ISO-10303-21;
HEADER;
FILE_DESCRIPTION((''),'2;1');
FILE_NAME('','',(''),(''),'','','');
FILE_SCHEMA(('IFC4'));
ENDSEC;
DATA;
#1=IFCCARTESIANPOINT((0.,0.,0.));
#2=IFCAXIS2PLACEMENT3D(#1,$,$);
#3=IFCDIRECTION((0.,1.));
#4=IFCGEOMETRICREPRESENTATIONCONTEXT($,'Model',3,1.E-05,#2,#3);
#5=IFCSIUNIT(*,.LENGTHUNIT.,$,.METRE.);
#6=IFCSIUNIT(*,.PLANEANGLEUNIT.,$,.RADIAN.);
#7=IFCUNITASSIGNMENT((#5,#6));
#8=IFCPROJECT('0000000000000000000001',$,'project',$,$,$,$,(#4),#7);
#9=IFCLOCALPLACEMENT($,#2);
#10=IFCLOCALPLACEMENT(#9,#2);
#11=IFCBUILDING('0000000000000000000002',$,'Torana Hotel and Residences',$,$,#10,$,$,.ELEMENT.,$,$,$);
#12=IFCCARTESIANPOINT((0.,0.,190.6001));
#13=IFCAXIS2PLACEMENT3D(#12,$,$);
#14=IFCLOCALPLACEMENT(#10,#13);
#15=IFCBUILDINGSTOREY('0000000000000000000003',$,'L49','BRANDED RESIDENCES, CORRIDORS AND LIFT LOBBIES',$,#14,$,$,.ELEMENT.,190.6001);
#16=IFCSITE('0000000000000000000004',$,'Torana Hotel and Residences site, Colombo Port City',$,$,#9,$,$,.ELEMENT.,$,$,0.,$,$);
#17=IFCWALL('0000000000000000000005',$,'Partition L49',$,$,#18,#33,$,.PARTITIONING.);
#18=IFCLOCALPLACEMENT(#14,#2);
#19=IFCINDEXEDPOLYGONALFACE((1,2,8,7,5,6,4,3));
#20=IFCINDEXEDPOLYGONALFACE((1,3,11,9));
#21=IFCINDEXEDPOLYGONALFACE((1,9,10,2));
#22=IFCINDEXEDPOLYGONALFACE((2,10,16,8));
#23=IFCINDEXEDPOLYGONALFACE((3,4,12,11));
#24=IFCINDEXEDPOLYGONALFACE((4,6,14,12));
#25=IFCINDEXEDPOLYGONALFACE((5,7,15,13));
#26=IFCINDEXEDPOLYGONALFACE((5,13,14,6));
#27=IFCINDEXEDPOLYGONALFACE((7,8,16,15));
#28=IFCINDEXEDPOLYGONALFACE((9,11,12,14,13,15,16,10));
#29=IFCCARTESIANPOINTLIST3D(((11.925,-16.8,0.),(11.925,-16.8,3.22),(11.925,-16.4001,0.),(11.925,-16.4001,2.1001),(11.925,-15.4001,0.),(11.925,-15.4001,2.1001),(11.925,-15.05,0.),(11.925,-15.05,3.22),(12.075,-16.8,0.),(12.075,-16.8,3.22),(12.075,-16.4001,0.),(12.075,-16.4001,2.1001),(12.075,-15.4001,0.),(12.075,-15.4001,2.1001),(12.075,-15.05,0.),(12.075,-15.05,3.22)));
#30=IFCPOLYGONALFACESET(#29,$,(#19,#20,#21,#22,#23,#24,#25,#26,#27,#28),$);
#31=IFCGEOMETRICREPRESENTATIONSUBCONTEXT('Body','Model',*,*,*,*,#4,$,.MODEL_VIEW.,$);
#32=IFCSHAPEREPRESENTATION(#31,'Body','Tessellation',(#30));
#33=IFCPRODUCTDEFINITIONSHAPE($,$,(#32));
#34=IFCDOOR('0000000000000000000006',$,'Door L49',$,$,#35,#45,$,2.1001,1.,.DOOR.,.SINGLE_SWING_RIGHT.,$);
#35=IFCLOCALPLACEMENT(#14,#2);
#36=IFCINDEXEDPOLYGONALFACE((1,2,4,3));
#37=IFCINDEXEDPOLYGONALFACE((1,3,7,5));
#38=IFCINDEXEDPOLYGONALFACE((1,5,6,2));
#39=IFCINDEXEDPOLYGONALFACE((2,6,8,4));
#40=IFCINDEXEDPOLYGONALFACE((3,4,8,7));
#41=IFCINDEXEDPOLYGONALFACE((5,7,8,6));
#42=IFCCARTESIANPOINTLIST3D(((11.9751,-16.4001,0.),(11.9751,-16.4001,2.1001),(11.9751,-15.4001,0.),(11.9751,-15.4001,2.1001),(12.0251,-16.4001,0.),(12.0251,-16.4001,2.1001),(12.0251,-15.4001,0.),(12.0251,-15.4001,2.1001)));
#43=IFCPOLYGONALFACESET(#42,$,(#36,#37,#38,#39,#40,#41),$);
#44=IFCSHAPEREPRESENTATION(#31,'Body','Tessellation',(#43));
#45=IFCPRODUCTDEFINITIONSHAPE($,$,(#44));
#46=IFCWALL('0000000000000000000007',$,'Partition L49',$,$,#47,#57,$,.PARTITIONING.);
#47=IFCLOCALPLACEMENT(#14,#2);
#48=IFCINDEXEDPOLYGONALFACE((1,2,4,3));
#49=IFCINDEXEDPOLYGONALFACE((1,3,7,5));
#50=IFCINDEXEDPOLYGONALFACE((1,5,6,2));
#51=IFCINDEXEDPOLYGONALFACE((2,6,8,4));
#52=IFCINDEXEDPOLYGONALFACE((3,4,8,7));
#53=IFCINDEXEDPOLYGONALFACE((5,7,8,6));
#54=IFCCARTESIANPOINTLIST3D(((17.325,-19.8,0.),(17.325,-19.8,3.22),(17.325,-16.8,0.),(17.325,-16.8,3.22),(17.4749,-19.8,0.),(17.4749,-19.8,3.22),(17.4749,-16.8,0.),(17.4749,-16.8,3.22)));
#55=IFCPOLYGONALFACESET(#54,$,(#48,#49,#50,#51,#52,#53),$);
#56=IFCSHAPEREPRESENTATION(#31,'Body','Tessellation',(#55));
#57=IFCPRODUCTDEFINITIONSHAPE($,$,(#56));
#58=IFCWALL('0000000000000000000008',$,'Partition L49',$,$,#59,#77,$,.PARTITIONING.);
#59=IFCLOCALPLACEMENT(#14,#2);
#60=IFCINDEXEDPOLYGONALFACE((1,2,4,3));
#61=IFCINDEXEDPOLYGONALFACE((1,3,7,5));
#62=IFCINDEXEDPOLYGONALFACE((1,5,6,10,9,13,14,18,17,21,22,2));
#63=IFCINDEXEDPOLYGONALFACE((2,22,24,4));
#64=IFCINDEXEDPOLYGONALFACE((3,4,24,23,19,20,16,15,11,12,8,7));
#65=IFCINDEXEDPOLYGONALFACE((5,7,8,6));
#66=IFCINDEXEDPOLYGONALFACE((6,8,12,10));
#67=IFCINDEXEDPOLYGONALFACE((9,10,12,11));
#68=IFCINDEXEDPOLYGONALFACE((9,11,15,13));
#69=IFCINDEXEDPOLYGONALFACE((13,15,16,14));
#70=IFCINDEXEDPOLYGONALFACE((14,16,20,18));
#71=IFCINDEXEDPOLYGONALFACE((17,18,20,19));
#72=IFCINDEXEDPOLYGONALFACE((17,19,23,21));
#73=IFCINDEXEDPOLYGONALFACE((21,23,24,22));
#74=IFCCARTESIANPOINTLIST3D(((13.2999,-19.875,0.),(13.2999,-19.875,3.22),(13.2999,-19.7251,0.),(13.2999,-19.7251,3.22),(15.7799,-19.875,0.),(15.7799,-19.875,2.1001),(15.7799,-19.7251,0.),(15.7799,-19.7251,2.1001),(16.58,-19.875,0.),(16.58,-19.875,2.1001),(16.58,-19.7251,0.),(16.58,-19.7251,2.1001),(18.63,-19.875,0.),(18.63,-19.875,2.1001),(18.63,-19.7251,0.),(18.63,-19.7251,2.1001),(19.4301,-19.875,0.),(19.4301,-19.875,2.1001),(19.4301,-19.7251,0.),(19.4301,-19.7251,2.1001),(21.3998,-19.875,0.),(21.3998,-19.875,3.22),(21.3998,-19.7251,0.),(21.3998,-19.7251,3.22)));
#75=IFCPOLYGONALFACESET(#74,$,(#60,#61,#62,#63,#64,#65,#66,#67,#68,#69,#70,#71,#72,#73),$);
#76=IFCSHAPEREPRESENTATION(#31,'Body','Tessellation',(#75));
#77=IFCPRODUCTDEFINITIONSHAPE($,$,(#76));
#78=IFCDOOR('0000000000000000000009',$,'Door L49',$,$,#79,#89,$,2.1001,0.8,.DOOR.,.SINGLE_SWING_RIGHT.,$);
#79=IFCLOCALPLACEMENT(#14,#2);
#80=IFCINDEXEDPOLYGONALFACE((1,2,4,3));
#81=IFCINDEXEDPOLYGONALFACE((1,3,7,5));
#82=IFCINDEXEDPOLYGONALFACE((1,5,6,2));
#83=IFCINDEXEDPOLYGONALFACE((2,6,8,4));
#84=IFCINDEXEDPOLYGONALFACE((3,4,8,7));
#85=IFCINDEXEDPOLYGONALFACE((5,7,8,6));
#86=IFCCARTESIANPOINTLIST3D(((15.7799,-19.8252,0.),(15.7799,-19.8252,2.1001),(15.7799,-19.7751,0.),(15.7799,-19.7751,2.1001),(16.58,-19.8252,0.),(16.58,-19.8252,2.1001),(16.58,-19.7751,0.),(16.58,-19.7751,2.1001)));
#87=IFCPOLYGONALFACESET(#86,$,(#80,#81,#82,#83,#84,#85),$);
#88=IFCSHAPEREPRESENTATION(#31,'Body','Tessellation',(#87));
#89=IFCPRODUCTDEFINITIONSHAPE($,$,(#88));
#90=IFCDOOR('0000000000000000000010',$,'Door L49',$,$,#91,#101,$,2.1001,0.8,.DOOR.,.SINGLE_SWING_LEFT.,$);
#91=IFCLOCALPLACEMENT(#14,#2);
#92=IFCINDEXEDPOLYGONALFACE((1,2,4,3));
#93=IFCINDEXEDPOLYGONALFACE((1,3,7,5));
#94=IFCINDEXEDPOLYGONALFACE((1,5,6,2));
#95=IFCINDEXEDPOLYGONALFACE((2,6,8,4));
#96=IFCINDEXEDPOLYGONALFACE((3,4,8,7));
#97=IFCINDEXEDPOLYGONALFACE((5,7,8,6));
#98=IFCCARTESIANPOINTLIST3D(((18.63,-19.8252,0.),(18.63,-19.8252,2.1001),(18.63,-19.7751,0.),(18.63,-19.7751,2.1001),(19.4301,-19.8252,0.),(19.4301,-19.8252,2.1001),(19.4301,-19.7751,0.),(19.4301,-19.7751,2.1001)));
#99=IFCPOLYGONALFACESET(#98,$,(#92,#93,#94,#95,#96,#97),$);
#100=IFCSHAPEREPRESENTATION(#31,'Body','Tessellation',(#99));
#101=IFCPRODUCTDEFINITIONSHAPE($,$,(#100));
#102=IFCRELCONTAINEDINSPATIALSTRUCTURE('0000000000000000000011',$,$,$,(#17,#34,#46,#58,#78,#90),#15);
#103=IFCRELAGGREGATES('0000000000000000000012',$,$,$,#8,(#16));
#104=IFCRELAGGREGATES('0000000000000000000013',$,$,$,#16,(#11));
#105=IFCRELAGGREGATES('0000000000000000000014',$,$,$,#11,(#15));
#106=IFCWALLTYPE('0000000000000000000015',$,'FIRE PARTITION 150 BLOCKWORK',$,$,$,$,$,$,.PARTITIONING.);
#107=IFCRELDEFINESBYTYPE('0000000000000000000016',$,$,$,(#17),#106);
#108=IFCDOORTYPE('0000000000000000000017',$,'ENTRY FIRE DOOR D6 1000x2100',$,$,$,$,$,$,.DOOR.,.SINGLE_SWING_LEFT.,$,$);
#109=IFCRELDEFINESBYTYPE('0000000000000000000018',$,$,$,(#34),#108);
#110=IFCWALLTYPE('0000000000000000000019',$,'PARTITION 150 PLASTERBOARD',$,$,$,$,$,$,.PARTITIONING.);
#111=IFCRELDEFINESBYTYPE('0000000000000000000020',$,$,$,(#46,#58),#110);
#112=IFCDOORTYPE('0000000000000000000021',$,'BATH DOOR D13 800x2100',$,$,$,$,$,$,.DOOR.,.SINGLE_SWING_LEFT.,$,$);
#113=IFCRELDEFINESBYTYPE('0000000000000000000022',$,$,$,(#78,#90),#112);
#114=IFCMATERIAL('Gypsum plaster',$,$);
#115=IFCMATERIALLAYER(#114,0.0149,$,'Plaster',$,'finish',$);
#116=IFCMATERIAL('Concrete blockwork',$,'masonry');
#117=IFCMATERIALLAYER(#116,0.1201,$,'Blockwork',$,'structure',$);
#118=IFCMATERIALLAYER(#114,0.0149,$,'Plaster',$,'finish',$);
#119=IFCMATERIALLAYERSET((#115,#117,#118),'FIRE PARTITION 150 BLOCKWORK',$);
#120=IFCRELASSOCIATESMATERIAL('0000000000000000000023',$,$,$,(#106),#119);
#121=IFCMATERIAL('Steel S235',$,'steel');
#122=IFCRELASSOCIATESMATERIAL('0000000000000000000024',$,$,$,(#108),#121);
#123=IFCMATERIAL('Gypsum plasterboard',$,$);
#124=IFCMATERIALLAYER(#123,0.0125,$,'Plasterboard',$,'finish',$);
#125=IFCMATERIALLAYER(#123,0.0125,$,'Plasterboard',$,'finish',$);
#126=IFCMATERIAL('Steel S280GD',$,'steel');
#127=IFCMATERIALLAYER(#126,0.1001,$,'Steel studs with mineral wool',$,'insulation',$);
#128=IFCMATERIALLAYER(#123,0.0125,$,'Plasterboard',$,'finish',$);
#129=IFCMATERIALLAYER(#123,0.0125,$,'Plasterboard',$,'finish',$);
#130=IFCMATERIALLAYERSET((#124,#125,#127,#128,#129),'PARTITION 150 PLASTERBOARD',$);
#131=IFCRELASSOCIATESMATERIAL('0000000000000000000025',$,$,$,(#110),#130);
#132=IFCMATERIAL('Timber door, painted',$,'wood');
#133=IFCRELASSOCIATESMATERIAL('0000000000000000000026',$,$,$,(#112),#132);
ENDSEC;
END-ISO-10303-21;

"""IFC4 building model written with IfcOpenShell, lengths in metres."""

from ifc_helpers import new_model, si_unit, direction, frame, frame_2d, origin, place, context, subcontext, project, spatial, rectangle, extrude, material, layer, layer_set, type_object, element, fill, save


model = new_model("IFC4")

# Units and contexts
model_context = context("Model", 3, precision=1e-05, world=origin(), true_north=direction((0.0, 1.0)))
body_context = subcontext(model_context, "Body", "Model", "MODEL_VIEW")
ifc_project = project(units=[si_unit("LENGTHUNIT", "METRE"), si_unit("PLANEANGLEUNIT", "RADIAN")], contexts=[model_context])

# Site, building, storey
site_placement = place(None, origin())
site = spatial("IfcSite", under=ifc_project, at=site_placement, Name="Torana Hotel and Residences site, Colombo Port City", CompositionType="ELEMENT", RefElevation=0.0)
building_placement = place(site_placement, origin())
building = spatial("IfcBuilding", under=site, at=building_placement, Name="Torana Hotel and Residences", CompositionType="ELEMENT")
storey_placement = place(building_placement, frame((0.0, 0.0, 190.6001)))
storey = spatial("IfcBuildingStorey", under=building, at=storey_placement, Name="L49", Description="BRANDED RESIDENCES, CORRIDORS AND LIFT LOBBIES", CompositionType="ELEMENT", Elevation=190.6001)

# Wall, opening, door
ifc_material_1 = material(Name="Gypsum plaster")
ifc_layer_1 = layer(ifc_material_1, 0.0149, Name="Plaster", Category="finish")
ifc_material_2 = material(Name="Concrete blockwork", Category="masonry")
ifc_layer_2 = layer(ifc_material_2, 0.1201, Name="Blockwork", Category="structure")
ifc_layer_3 = layer(ifc_material_1, 0.0149, Name="Plaster", Category="finish")
ifc_layer_set_1 = layer_set([ifc_layer_1, ifc_layer_2, ifc_layer_3], Name="FIRE PARTITION 150 BLOCKWORK")
wall_type_1 = type_object("IfcWallType", Name="FIRE PARTITION 150 BLOCKWORK", PredefinedType="PARTITIONING", material=ifc_layer_set_1)
wall_1_placement = place(storey_placement, frame((12.0, -16.8, 0.0), z_axis=(0.0, 0.0, 1.0), x_axis=(0.0, 1.0, 0.0)))
wall_1 = element("IfcWall", 1, at=wall_1_placement, inside=storey, type_object=wall_type_1, Name="Partition L49", PredefinedType="PARTITIONING", context=body_context, shape_type="SweptSolid", body=[
    extrude(rectangle(XDim=1.75, YDim=0.1499, at=frame_2d((0.875, 0.0))), origin(), (0.0, 0.0, 1.0), 3.22),
])
opening_1_placement = place(wall_1_placement, frame((0.3999, 0.0, 0.0)))
opening_1 = element("IfcOpeningElement", 2, at=opening_1_placement, cuts=wall_1, PredefinedType="OPENING", context=body_context, shape_type="SweptSolid", body=[
    extrude(rectangle(XDim=1.0, YDim=2.1001, at=frame_2d((0.5, 1.05))), frame((0.0, 0.085, 0.0), z_axis=(0.0, -1.0, 0.0), x_axis=(1.0, 0.0, 0.0)), (0.0, 0.0, 1.0), 0.1699),
])
ifc_material_3 = material(Name="Steel S235", Category="steel")
door_type_1 = type_object("IfcDoorType", Name="ENTRY FIRE DOOR D6 1000x2100", OperationType="SINGLE_SWING_LEFT", PredefinedType="DOOR", material=ifc_material_3)
door_1_placement = place(opening_1_placement, origin())
door_1 = element("IfcDoor", 3, at=door_1_placement, inside=storey, type_object=door_type_1, Name="Door L49", OperationType="SINGLE_SWING_RIGHT", OverallHeight=2.1001, OverallWidth=1.0, PredefinedType="DOOR", context=body_context, shape_type="SweptSolid", body=[
    extrude(rectangle(XDim=1.0, YDim=2.1001, at=frame_2d((0.5, 1.05))), frame((0.0, 0.0249, 0.0), z_axis=(0.0, -1.0, 0.0), x_axis=(1.0, 0.0, 0.0)), (0.0, 0.0, 1.0), 0.05),
])
fill(opening_1, door_1)

# Wall
ifc_material_4 = material(Name="Gypsum plasterboard")
ifc_layer_4 = layer(ifc_material_4, 0.0125, Name="Plasterboard", Category="finish")
ifc_layer_5 = layer(ifc_material_4, 0.0125, Name="Plasterboard", Category="finish")
ifc_material_5 = material(Name="Steel S280GD", Category="steel")
ifc_layer_6 = layer(ifc_material_5, 0.1001, Name="Steel studs with mineral wool", Category="insulation")
ifc_layer_7 = layer(ifc_material_4, 0.0125, Name="Plasterboard", Category="finish")
ifc_layer_8 = layer(ifc_material_4, 0.0125, Name="Plasterboard", Category="finish")
ifc_layer_set_2 = layer_set([ifc_layer_4, ifc_layer_5, ifc_layer_6, ifc_layer_7, ifc_layer_8], Name="PARTITION 150 PLASTERBOARD")
wall_type_2 = type_object("IfcWallType", Name="PARTITION 150 PLASTERBOARD", PredefinedType="PARTITIONING", material=ifc_layer_set_2)
wall_2_placement = place(storey_placement, frame((17.3999, -19.8, 0.0), z_axis=(0.0, 0.0, 1.0), x_axis=(0.0, 1.0, 0.0)))
element("IfcWall", 4, at=wall_2_placement, inside=storey, type_object=wall_type_2, Name="Partition L49", PredefinedType="PARTITIONING", context=body_context, shape_type="SweptSolid", body=[
    extrude(rectangle(XDim=3.0, YDim=0.1499, at=frame_2d((1.5, 0.0))), origin(), (0.0, 0.0, 1.0), 3.22),
])

# Wall, openings, doors
wall_3_placement = place(storey_placement, frame((13.3, -19.8, 0.0), z_axis=(0.0, 0.0, 1.0), x_axis=(1.0, 0.0, 0.0)))
wall_3 = element("IfcWall", 5, at=wall_3_placement, inside=storey, type_object=wall_type_2, Name="Partition L49", PredefinedType="PARTITIONING", context=body_context, shape_type="SweptSolid", body=[
    extrude(rectangle(XDim=8.0999, YDim=0.1499, at=frame_2d((4.0498, 0.0))), origin(), (0.0, 0.0, 1.0), 3.22),
])
opening_2_placement = place(wall_3_placement, frame((2.48, 0.0, 0.0)))
opening_2 = element("IfcOpeningElement", 6, at=opening_2_placement, cuts=wall_3, PredefinedType="OPENING", context=body_context, shape_type="SweptSolid", body=[
    extrude(rectangle(XDim=0.8, YDim=2.1001, at=frame_2d((0.3999, 1.05))), frame((0.0, 0.085, 0.0), z_axis=(0.0, -1.0, 0.0), x_axis=(1.0, 0.0, 0.0)), (0.0, 0.0, 1.0), 0.1699),
])
opening_3_placement = place(wall_3_placement, frame((5.3301, 0.0, 0.0)))
opening_3 = element("IfcOpeningElement", 7, at=opening_3_placement, cuts=wall_3, PredefinedType="OPENING", context=body_context, shape_type="SweptSolid", body=[
    extrude(rectangle(XDim=0.8, YDim=2.1001, at=frame_2d((0.3999, 1.05))), frame((0.0, 0.085, 0.0), z_axis=(0.0, -1.0, 0.0), x_axis=(1.0, 0.0, 0.0)), (0.0, 0.0, 1.0), 0.1699),
])
ifc_material_6 = material(Name="Timber door, painted", Category="wood")
door_type_2 = type_object("IfcDoorType", Name="BATH DOOR D13 800x2100", OperationType="SINGLE_SWING_LEFT", PredefinedType="DOOR", material=ifc_material_6)
door_2_placement = place(opening_2_placement, origin())
door_2 = element("IfcDoor", 8, at=door_2_placement, inside=storey, type_object=door_type_2, Name="Door L49", OperationType="SINGLE_SWING_RIGHT", OverallHeight=2.1001, OverallWidth=0.8, PredefinedType="DOOR", context=body_context, shape_type="SweptSolid", body=[
    extrude(rectangle(XDim=0.8, YDim=2.1001, at=frame_2d((0.3999, 1.05))), frame((0.0, 0.0249, 0.0), z_axis=(0.0, -1.0, 0.0), x_axis=(1.0, 0.0, 0.0)), (0.0, 0.0, 1.0), 0.05),
])
fill(opening_2, door_2)
door_3_placement = place(opening_3_placement, origin())
door_3 = element("IfcDoor", 9, at=door_3_placement, inside=storey, type_object=door_type_2, Name="Door L49", OperationType="SINGLE_SWING_LEFT", OverallHeight=2.1001, OverallWidth=0.8, PredefinedType="DOOR", context=body_context, shape_type="SweptSolid", body=[
    extrude(rectangle(XDim=0.8, YDim=2.1001, at=frame_2d((0.3999, 1.05))), frame((0.0, 0.0249, 0.0), z_axis=(0.0, -1.0, 0.0), x_axis=(1.0, 0.0, 0.0)), (0.0, 0.0, 1.0), 0.05),
])
fill(opening_3, door_3)

save(model, "model.ifc")
